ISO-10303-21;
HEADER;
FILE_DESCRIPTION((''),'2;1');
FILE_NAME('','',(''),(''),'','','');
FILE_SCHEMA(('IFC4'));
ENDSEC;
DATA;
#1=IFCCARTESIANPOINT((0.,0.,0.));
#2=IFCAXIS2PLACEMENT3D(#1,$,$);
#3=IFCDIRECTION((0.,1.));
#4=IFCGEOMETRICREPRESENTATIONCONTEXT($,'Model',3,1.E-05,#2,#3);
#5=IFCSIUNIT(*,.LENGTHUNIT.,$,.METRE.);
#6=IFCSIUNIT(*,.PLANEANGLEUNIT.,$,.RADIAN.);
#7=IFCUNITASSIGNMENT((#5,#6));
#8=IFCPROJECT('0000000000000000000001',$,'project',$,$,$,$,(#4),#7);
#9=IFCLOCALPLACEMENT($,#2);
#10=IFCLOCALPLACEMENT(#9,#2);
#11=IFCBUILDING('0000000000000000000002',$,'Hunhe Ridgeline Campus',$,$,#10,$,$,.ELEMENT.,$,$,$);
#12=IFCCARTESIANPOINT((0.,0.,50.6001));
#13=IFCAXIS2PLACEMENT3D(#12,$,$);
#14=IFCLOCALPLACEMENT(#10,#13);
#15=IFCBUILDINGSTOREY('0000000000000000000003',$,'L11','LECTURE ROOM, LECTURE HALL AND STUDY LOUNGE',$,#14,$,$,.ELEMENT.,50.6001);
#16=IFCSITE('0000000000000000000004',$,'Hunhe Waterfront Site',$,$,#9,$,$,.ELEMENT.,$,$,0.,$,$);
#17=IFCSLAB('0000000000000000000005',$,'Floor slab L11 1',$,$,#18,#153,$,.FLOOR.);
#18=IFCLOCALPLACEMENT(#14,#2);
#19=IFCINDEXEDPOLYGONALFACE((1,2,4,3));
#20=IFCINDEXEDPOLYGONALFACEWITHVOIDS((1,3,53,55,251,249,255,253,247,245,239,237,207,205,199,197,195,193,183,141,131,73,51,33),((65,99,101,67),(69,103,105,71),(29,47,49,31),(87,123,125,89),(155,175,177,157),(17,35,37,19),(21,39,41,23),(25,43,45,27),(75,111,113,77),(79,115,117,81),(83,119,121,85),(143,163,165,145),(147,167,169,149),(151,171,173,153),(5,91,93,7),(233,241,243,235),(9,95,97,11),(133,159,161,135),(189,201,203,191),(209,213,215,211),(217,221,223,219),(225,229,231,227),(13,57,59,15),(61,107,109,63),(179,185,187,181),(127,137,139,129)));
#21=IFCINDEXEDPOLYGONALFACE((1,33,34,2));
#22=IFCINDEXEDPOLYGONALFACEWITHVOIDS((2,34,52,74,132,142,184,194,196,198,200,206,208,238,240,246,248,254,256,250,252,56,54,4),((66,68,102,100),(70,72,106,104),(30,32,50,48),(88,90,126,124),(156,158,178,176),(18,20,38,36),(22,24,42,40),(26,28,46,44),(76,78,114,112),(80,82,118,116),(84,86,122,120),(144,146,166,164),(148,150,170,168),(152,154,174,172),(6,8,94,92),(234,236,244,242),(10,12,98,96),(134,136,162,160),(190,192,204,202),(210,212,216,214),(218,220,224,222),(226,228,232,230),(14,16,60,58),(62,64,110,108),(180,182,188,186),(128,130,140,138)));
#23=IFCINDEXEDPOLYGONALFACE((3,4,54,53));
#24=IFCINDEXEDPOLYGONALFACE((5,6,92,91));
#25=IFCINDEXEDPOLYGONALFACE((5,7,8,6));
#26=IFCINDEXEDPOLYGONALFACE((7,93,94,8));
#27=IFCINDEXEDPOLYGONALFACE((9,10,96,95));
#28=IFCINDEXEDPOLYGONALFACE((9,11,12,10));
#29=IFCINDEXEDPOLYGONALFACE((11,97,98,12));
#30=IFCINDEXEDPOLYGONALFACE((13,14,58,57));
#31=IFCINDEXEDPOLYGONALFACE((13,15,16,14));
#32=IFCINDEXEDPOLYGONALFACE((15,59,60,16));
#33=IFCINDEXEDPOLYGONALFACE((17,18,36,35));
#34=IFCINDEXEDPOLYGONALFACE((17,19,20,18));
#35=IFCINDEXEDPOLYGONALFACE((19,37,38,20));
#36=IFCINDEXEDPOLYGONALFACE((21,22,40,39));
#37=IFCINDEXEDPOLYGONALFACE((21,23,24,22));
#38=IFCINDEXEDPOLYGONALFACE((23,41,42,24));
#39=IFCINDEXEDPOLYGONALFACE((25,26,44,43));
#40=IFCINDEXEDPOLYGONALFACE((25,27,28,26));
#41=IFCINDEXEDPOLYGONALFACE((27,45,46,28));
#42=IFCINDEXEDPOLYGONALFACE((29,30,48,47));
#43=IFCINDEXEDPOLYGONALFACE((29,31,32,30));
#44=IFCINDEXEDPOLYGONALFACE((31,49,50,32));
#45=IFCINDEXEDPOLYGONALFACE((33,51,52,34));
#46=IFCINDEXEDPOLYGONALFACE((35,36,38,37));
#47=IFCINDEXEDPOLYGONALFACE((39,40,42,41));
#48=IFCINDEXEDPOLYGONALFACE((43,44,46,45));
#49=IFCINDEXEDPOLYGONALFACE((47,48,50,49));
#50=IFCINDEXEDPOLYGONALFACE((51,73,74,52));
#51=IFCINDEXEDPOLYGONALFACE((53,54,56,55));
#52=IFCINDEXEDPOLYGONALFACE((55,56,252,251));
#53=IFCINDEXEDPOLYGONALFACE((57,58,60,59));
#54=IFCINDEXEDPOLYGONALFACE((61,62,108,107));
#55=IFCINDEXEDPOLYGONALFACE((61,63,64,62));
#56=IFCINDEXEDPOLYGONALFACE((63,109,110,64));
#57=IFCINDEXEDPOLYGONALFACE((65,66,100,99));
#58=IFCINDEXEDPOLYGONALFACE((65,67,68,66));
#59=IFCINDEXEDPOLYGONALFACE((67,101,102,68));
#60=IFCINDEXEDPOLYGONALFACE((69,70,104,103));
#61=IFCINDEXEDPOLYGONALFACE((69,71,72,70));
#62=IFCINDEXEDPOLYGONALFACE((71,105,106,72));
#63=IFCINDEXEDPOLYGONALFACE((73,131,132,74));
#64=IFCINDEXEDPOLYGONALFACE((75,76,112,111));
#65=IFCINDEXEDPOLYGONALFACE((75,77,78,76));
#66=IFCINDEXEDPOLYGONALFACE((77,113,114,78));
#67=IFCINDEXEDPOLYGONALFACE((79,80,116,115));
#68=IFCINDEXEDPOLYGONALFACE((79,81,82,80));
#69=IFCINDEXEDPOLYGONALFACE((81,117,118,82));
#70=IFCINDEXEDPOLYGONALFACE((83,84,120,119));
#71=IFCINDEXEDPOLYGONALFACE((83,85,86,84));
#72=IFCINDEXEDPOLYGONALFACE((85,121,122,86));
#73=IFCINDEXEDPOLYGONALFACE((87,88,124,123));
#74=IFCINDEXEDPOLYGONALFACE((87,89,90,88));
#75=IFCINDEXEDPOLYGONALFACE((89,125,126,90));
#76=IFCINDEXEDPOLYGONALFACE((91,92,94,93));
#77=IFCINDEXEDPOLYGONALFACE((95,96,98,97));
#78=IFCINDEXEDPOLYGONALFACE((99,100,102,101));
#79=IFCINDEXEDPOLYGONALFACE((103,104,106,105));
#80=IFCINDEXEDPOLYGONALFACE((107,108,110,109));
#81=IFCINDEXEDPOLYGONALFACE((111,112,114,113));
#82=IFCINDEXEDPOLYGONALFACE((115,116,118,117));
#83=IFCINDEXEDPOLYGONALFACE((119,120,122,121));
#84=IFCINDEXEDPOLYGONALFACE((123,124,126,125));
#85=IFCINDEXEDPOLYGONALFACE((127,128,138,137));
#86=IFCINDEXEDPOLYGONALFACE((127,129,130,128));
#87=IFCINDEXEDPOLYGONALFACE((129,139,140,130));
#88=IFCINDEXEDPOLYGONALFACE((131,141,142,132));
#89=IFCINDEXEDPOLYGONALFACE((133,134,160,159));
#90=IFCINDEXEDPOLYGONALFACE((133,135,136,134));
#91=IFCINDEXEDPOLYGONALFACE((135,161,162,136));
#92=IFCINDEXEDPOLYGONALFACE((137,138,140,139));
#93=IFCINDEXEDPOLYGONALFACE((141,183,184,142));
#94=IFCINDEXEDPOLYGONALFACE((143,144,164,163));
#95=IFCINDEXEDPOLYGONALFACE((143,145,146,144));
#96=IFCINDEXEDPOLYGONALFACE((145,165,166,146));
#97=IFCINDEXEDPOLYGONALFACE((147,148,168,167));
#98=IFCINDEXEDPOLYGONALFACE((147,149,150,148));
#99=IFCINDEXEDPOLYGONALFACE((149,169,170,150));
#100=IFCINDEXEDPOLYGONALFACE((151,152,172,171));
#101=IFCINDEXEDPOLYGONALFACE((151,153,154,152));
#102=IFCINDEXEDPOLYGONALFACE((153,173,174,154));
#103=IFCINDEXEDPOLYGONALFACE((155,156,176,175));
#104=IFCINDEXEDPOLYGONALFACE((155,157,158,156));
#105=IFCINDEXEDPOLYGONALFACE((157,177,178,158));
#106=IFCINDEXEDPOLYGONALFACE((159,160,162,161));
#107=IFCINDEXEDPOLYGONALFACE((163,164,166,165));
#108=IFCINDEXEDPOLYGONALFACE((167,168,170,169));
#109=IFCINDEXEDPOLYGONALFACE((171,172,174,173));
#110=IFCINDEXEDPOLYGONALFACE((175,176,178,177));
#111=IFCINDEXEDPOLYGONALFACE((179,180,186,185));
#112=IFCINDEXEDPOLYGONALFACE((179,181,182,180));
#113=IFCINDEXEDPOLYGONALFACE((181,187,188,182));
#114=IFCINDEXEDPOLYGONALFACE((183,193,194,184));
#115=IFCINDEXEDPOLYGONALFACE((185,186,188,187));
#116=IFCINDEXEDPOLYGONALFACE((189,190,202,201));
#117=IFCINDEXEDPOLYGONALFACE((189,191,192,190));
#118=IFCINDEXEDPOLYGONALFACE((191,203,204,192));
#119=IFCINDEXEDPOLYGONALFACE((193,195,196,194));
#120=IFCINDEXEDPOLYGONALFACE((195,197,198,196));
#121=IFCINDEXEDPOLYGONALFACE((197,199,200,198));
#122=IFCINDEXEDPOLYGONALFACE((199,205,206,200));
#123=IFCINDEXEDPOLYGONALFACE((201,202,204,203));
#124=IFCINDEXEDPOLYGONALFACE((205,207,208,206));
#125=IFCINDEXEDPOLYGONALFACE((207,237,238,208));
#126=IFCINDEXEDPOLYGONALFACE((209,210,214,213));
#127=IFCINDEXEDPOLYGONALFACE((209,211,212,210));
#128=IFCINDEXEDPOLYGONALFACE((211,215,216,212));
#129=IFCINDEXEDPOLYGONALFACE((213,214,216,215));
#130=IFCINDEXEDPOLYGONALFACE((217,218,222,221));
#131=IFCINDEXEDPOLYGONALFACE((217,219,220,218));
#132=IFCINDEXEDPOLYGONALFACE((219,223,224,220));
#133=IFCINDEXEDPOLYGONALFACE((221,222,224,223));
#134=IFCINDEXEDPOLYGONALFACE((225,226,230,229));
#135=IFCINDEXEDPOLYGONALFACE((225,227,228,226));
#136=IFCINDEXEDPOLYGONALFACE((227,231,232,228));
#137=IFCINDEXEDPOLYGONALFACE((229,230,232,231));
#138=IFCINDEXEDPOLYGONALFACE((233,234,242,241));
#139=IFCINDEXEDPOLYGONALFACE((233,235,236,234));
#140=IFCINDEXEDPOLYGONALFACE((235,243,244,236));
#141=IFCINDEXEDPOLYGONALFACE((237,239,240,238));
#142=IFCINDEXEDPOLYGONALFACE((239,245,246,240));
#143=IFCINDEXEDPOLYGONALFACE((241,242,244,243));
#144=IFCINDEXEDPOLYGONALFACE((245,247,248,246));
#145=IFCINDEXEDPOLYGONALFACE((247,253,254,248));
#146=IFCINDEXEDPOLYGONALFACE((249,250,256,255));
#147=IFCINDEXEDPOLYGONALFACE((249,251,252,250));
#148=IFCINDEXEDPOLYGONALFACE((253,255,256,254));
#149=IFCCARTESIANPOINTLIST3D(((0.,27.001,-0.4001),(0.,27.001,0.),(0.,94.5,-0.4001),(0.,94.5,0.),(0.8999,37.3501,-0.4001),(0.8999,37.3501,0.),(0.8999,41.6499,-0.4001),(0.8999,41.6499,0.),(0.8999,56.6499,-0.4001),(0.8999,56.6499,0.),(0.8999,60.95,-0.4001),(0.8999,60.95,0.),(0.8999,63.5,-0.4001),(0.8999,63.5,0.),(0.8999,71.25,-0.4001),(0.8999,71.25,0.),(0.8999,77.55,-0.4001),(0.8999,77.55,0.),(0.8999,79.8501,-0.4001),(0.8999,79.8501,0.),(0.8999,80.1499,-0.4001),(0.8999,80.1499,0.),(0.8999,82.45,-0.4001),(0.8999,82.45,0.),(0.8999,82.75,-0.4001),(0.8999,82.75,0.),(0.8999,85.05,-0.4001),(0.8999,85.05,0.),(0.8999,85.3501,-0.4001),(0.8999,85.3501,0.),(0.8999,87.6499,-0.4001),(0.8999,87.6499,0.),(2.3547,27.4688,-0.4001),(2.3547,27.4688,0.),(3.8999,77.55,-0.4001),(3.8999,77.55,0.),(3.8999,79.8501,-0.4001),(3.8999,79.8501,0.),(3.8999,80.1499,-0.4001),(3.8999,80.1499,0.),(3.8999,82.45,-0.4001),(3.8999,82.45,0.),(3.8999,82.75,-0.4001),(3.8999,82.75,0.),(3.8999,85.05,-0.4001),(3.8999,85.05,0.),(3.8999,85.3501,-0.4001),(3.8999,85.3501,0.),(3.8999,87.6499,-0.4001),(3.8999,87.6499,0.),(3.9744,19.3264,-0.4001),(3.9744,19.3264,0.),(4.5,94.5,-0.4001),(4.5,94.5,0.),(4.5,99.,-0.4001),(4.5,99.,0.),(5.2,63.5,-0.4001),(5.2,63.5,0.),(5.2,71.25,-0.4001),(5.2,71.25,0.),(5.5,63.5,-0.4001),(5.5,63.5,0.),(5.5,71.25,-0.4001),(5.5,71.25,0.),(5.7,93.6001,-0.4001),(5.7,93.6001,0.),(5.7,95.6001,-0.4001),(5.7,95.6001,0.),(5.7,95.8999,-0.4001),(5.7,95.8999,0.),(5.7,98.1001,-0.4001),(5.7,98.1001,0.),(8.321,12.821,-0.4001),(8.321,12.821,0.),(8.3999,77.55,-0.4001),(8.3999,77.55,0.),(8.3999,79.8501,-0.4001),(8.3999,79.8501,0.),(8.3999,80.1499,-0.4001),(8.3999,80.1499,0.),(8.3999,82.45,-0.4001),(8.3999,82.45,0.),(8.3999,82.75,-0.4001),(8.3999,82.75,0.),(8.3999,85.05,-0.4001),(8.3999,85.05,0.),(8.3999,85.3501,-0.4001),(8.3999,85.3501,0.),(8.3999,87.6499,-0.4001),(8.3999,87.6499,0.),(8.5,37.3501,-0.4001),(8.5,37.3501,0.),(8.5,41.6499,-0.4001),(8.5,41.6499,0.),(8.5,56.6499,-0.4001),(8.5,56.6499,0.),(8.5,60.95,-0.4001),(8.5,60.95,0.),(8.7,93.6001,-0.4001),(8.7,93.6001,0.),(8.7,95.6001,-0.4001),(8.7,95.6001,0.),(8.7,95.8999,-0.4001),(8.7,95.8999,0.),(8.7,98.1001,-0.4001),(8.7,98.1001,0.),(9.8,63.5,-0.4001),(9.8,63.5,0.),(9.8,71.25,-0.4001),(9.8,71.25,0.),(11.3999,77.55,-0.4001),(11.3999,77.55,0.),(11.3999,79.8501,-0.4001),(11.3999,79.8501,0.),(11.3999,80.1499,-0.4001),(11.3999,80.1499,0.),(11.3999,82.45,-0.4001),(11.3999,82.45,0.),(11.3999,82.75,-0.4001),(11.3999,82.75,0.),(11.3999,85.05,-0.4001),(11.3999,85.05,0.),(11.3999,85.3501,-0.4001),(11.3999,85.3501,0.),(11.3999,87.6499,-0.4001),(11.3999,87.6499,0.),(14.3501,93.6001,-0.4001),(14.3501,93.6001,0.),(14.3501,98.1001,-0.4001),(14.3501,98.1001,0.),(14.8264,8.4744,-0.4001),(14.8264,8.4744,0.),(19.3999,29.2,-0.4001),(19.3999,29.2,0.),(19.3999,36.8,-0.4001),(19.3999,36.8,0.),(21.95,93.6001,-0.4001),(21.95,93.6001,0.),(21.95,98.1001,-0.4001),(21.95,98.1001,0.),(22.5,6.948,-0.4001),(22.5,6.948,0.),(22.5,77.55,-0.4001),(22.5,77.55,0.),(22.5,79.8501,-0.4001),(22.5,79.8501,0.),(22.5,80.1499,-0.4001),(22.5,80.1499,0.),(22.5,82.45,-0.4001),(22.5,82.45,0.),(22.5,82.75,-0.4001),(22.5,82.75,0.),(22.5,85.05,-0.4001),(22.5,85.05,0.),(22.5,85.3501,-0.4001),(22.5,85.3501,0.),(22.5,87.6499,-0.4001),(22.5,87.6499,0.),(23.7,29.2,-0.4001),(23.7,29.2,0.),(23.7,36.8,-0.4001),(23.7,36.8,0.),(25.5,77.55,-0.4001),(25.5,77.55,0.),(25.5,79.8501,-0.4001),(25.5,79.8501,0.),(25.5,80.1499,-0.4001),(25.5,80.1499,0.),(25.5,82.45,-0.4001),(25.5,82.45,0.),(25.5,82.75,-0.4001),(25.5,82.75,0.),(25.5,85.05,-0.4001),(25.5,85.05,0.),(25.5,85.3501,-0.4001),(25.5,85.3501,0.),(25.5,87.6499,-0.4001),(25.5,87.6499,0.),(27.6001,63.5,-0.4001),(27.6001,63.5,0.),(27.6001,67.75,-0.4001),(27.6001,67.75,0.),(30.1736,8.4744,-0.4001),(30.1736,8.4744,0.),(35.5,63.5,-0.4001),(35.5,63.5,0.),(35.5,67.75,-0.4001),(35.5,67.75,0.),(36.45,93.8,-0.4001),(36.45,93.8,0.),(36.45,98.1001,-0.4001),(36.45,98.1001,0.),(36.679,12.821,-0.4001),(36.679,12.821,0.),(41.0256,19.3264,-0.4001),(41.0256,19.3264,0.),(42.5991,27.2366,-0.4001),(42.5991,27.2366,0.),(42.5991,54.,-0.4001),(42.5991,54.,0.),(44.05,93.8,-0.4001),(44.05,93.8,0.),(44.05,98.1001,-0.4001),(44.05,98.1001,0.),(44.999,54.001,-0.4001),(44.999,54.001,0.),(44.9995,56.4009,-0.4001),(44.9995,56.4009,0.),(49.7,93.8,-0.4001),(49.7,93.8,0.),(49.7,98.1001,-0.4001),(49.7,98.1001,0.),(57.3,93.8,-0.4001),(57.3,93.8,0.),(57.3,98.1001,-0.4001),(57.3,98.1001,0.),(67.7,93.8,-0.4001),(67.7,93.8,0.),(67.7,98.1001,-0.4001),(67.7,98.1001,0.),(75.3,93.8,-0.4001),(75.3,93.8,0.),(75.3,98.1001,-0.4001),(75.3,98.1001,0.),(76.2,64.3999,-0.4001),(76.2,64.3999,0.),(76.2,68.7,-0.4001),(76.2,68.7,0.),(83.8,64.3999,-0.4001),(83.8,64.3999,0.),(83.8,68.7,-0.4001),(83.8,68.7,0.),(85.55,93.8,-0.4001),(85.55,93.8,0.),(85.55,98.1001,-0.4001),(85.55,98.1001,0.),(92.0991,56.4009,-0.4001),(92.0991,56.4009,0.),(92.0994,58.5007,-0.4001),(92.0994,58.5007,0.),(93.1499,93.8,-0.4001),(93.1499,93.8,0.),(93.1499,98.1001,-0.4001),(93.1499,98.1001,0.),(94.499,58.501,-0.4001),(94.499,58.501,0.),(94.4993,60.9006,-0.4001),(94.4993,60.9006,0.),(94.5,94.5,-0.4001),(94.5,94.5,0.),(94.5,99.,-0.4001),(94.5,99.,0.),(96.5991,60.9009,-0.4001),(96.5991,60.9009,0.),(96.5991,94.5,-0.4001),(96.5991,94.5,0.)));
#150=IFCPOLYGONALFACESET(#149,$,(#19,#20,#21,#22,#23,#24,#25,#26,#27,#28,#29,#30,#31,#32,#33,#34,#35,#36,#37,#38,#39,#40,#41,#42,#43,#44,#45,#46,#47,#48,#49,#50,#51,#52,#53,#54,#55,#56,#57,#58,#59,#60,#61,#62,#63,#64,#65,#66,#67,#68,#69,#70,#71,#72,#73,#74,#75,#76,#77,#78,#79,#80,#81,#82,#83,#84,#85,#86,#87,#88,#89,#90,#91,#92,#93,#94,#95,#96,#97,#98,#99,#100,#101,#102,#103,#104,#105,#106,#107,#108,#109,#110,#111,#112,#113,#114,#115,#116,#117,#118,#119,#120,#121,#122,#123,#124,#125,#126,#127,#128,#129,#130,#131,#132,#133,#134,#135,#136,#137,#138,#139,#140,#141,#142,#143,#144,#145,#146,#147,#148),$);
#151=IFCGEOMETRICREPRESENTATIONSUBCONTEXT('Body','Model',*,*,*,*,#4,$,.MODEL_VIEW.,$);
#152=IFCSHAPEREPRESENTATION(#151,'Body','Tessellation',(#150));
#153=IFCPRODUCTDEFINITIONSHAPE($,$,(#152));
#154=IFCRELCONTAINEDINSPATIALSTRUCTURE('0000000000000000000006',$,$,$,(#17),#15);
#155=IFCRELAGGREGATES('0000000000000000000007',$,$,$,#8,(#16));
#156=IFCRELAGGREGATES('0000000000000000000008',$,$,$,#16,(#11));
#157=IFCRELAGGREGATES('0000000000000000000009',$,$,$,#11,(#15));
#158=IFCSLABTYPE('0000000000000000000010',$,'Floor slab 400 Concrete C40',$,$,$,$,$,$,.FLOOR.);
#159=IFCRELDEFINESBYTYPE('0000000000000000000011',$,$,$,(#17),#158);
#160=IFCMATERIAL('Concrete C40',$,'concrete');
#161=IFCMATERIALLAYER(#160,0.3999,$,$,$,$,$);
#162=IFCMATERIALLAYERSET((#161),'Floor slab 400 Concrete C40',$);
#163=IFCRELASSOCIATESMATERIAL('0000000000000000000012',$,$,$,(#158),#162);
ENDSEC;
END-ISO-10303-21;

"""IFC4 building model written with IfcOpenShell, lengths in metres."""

from ifc_helpers import new_model, si_unit, direction, frame, origin, place, context, subcontext, project, spatial, polyline, outline, extrude, material, layer, layer_set, type_object, element, save


model = new_model("IFC4")

# Units and contexts
model_context = context("Model", 3, precision=1e-05, world=origin(), true_north=direction((0.0, 1.0)))
body_context = subcontext(model_context, "Body", "Model", "MODEL_VIEW")
ifc_project = project(units=[si_unit("LENGTHUNIT", "METRE"), si_unit("PLANEANGLEUNIT", "RADIAN")], contexts=[model_context])

# Site, building, storey
site_placement = place(None, origin())
site = spatial("IfcSite", under=ifc_project, at=site_placement, Name="Hunhe Waterfront Site", CompositionType="ELEMENT", RefElevation=0.0)
building_placement = place(site_placement, origin())
building = spatial("IfcBuilding", under=site, at=building_placement, Name="Hunhe Ridgeline Campus", CompositionType="ELEMENT")
storey_placement = place(building_placement, frame((0.0, 0.0, 50.6001)))
storey = spatial("IfcBuildingStorey", under=building, at=storey_placement, Name="L11", Description="LECTURE ROOM, LECTURE HALL AND STUDY LOUNGE", CompositionType="ELEMENT", Elevation=50.6001)

# Slab
ifc_material_1 = material(Name="Concrete C40", Category="concrete")
ifc_layer_1 = layer(ifc_material_1, 0.3999)
ifc_layer_set_1 = layer_set([ifc_layer_1], Name="Floor slab 400 Concrete C40")
slab_type_1 = type_object("IfcSlabType", Name="Floor slab 400 Concrete C40", PredefinedType="FLOOR", material=ifc_layer_set_1)
slab_1_placement = place(storey_placement, frame((0.0, 0.0, -0.4001)))
element("IfcSlab", 1, at=slab_1_placement, inside=storey, type_object=slab_type_1, Name="Floor slab L11 1", PredefinedType="FLOOR", context=body_context, shape_type="SweptSolid", body=[
    extrude(outline(polyline([(4.5, 94.5), (0.0, 94.5), (0.0, 27.001), (2.3547, 27.4688), (3.9744, 19.3264), (8.321, 12.821), (14.8264, 8.4744), (22.5, 6.948), (30.1736, 8.4744), (36.679, 12.821), (41.0256, 19.3264), (42.5991, 27.2366), (42.5991, 54.0), (44.999, 54.001), (44.9995, 56.4009), (92.0991, 56.4009), (92.0994, 58.5007), (94.499, 58.501), (94.4993, 60.9006), (96.5991, 60.9009), (96.5991, 94.5), (94.5, 94.5), (94.5, 99.0), (4.5, 99.0), (4.5, 94.5)]), holes=[polyline([(93.1499, 93.8), (93.1499, 98.1001), (85.55, 98.1001), (85.55, 93.8), (93.1499, 93.8)]), polyline([(76.2, 68.7), (76.2, 64.3999), (83.8, 64.3999), (83.8, 68.7), (76.2, 68.7)]), polyline([(75.3, 98.1001), (67.7, 98.1001), (67.7, 93.8), (75.3, 93.8), (75.3, 98.1001)]), polyline([(49.7, 98.1001), (49.7, 93.8), (57.3, 93.8), (57.3, 98.1001), (49.7, 98.1001)]), polyline([(36.45, 93.8), (44.05, 93.8), (44.05, 98.1001), (36.45, 98.1001), (36.45, 93.8)]), polyline([(35.5, 63.5), (35.5, 67.75), (27.6001, 67.75), (27.6001, 63.5), (35.5, 63.5)]), polyline([(25.5, 80.1499), (25.5, 82.45), (22.5, 82.45), (22.5, 80.1499), (25.5, 80.1499)]), polyline([(25.5, 79.8501), (22.5, 79.8501), (22.5, 77.55), (25.5, 77.55), (25.5, 79.8501)]), polyline([(22.5, 87.6499), (22.5, 85.3501), (25.5, 85.3501), (25.5, 87.6499), (22.5, 87.6499)]), polyline([(22.5, 82.75), (25.5, 82.75), (25.5, 85.05), (22.5, 85.05), (22.5, 82.75)]), polyline([(23.7, 29.2), (23.7, 36.8), (19.3999, 36.8), (19.3999, 29.2), (23.7, 29.2)]), polyline([(14.3501, 93.6001), (21.95, 93.6001), (21.95, 98.1001), (14.3501, 98.1001), (14.3501, 93.6001)]), polyline([(11.3999, 79.8501), (8.3999, 79.8501), (8.3999, 77.55), (11.3999, 77.55), (11.3999, 79.8501)]), polyline([(11.3999, 80.1499), (11.3999, 82.45), (8.3999, 82.45), (8.3999, 80.1499), (11.3999, 80.1499)]), polyline([(8.3999, 87.6499), (8.3999, 85.3501), (11.3999, 85.3501), (11.3999, 87.6499), (8.3999, 87.6499)]), polyline([(8.3999, 82.75), (11.3999, 82.75), (11.3999, 85.05), (8.3999, 85.05), (8.3999, 82.75)]), polyline([(9.8, 71.25), (5.5, 71.25), (5.5, 63.5), (9.8, 63.5), (9.8, 71.25)]), polyline([(8.7, 95.8999), (8.7, 98.1001), (5.7, 98.1001), (5.7, 95.8999), (8.7, 95.8999)]), polyline([(8.7, 95.6001), (5.7, 95.6001), (5.7, 93.6001), (8.7, 93.6001), (8.7, 95.6001)]), polyline([(0.8999, 37.3501), (8.5, 37.3501), (8.5, 41.6499), (0.8999, 41.6499), (0.8999, 37.3501)]), polyline([(0.8999, 60.95), (0.8999, 56.6499), (8.5, 56.6499), (8.5, 60.95), (0.8999, 60.95)]), polyline([(0.8999, 71.25), (0.8999, 63.5), (5.2, 63.5), (5.2, 71.25), (0.8999, 71.25)]), polyline([(3.8999, 80.1499), (3.8999, 82.45), (0.8999, 82.45), (0.8999, 80.1499), (3.8999, 80.1499)]), polyline([(3.8999, 79.8501), (0.8999, 79.8501), (0.8999, 77.55), (3.8999, 77.55), (3.8999, 79.8501)]), polyline([(0.8999, 87.6499), (0.8999, 85.3501), (3.8999, 85.3501), (3.8999, 87.6499), (0.8999, 87.6499)]), polyline([(0.8999, 82.75), (3.8999, 82.75), (3.8999, 85.05), (0.8999, 85.05), (0.8999, 82.75)])]), origin(), (0.0, 0.0, 1.0), 0.4001),
])

save(model, "model.ifc")
